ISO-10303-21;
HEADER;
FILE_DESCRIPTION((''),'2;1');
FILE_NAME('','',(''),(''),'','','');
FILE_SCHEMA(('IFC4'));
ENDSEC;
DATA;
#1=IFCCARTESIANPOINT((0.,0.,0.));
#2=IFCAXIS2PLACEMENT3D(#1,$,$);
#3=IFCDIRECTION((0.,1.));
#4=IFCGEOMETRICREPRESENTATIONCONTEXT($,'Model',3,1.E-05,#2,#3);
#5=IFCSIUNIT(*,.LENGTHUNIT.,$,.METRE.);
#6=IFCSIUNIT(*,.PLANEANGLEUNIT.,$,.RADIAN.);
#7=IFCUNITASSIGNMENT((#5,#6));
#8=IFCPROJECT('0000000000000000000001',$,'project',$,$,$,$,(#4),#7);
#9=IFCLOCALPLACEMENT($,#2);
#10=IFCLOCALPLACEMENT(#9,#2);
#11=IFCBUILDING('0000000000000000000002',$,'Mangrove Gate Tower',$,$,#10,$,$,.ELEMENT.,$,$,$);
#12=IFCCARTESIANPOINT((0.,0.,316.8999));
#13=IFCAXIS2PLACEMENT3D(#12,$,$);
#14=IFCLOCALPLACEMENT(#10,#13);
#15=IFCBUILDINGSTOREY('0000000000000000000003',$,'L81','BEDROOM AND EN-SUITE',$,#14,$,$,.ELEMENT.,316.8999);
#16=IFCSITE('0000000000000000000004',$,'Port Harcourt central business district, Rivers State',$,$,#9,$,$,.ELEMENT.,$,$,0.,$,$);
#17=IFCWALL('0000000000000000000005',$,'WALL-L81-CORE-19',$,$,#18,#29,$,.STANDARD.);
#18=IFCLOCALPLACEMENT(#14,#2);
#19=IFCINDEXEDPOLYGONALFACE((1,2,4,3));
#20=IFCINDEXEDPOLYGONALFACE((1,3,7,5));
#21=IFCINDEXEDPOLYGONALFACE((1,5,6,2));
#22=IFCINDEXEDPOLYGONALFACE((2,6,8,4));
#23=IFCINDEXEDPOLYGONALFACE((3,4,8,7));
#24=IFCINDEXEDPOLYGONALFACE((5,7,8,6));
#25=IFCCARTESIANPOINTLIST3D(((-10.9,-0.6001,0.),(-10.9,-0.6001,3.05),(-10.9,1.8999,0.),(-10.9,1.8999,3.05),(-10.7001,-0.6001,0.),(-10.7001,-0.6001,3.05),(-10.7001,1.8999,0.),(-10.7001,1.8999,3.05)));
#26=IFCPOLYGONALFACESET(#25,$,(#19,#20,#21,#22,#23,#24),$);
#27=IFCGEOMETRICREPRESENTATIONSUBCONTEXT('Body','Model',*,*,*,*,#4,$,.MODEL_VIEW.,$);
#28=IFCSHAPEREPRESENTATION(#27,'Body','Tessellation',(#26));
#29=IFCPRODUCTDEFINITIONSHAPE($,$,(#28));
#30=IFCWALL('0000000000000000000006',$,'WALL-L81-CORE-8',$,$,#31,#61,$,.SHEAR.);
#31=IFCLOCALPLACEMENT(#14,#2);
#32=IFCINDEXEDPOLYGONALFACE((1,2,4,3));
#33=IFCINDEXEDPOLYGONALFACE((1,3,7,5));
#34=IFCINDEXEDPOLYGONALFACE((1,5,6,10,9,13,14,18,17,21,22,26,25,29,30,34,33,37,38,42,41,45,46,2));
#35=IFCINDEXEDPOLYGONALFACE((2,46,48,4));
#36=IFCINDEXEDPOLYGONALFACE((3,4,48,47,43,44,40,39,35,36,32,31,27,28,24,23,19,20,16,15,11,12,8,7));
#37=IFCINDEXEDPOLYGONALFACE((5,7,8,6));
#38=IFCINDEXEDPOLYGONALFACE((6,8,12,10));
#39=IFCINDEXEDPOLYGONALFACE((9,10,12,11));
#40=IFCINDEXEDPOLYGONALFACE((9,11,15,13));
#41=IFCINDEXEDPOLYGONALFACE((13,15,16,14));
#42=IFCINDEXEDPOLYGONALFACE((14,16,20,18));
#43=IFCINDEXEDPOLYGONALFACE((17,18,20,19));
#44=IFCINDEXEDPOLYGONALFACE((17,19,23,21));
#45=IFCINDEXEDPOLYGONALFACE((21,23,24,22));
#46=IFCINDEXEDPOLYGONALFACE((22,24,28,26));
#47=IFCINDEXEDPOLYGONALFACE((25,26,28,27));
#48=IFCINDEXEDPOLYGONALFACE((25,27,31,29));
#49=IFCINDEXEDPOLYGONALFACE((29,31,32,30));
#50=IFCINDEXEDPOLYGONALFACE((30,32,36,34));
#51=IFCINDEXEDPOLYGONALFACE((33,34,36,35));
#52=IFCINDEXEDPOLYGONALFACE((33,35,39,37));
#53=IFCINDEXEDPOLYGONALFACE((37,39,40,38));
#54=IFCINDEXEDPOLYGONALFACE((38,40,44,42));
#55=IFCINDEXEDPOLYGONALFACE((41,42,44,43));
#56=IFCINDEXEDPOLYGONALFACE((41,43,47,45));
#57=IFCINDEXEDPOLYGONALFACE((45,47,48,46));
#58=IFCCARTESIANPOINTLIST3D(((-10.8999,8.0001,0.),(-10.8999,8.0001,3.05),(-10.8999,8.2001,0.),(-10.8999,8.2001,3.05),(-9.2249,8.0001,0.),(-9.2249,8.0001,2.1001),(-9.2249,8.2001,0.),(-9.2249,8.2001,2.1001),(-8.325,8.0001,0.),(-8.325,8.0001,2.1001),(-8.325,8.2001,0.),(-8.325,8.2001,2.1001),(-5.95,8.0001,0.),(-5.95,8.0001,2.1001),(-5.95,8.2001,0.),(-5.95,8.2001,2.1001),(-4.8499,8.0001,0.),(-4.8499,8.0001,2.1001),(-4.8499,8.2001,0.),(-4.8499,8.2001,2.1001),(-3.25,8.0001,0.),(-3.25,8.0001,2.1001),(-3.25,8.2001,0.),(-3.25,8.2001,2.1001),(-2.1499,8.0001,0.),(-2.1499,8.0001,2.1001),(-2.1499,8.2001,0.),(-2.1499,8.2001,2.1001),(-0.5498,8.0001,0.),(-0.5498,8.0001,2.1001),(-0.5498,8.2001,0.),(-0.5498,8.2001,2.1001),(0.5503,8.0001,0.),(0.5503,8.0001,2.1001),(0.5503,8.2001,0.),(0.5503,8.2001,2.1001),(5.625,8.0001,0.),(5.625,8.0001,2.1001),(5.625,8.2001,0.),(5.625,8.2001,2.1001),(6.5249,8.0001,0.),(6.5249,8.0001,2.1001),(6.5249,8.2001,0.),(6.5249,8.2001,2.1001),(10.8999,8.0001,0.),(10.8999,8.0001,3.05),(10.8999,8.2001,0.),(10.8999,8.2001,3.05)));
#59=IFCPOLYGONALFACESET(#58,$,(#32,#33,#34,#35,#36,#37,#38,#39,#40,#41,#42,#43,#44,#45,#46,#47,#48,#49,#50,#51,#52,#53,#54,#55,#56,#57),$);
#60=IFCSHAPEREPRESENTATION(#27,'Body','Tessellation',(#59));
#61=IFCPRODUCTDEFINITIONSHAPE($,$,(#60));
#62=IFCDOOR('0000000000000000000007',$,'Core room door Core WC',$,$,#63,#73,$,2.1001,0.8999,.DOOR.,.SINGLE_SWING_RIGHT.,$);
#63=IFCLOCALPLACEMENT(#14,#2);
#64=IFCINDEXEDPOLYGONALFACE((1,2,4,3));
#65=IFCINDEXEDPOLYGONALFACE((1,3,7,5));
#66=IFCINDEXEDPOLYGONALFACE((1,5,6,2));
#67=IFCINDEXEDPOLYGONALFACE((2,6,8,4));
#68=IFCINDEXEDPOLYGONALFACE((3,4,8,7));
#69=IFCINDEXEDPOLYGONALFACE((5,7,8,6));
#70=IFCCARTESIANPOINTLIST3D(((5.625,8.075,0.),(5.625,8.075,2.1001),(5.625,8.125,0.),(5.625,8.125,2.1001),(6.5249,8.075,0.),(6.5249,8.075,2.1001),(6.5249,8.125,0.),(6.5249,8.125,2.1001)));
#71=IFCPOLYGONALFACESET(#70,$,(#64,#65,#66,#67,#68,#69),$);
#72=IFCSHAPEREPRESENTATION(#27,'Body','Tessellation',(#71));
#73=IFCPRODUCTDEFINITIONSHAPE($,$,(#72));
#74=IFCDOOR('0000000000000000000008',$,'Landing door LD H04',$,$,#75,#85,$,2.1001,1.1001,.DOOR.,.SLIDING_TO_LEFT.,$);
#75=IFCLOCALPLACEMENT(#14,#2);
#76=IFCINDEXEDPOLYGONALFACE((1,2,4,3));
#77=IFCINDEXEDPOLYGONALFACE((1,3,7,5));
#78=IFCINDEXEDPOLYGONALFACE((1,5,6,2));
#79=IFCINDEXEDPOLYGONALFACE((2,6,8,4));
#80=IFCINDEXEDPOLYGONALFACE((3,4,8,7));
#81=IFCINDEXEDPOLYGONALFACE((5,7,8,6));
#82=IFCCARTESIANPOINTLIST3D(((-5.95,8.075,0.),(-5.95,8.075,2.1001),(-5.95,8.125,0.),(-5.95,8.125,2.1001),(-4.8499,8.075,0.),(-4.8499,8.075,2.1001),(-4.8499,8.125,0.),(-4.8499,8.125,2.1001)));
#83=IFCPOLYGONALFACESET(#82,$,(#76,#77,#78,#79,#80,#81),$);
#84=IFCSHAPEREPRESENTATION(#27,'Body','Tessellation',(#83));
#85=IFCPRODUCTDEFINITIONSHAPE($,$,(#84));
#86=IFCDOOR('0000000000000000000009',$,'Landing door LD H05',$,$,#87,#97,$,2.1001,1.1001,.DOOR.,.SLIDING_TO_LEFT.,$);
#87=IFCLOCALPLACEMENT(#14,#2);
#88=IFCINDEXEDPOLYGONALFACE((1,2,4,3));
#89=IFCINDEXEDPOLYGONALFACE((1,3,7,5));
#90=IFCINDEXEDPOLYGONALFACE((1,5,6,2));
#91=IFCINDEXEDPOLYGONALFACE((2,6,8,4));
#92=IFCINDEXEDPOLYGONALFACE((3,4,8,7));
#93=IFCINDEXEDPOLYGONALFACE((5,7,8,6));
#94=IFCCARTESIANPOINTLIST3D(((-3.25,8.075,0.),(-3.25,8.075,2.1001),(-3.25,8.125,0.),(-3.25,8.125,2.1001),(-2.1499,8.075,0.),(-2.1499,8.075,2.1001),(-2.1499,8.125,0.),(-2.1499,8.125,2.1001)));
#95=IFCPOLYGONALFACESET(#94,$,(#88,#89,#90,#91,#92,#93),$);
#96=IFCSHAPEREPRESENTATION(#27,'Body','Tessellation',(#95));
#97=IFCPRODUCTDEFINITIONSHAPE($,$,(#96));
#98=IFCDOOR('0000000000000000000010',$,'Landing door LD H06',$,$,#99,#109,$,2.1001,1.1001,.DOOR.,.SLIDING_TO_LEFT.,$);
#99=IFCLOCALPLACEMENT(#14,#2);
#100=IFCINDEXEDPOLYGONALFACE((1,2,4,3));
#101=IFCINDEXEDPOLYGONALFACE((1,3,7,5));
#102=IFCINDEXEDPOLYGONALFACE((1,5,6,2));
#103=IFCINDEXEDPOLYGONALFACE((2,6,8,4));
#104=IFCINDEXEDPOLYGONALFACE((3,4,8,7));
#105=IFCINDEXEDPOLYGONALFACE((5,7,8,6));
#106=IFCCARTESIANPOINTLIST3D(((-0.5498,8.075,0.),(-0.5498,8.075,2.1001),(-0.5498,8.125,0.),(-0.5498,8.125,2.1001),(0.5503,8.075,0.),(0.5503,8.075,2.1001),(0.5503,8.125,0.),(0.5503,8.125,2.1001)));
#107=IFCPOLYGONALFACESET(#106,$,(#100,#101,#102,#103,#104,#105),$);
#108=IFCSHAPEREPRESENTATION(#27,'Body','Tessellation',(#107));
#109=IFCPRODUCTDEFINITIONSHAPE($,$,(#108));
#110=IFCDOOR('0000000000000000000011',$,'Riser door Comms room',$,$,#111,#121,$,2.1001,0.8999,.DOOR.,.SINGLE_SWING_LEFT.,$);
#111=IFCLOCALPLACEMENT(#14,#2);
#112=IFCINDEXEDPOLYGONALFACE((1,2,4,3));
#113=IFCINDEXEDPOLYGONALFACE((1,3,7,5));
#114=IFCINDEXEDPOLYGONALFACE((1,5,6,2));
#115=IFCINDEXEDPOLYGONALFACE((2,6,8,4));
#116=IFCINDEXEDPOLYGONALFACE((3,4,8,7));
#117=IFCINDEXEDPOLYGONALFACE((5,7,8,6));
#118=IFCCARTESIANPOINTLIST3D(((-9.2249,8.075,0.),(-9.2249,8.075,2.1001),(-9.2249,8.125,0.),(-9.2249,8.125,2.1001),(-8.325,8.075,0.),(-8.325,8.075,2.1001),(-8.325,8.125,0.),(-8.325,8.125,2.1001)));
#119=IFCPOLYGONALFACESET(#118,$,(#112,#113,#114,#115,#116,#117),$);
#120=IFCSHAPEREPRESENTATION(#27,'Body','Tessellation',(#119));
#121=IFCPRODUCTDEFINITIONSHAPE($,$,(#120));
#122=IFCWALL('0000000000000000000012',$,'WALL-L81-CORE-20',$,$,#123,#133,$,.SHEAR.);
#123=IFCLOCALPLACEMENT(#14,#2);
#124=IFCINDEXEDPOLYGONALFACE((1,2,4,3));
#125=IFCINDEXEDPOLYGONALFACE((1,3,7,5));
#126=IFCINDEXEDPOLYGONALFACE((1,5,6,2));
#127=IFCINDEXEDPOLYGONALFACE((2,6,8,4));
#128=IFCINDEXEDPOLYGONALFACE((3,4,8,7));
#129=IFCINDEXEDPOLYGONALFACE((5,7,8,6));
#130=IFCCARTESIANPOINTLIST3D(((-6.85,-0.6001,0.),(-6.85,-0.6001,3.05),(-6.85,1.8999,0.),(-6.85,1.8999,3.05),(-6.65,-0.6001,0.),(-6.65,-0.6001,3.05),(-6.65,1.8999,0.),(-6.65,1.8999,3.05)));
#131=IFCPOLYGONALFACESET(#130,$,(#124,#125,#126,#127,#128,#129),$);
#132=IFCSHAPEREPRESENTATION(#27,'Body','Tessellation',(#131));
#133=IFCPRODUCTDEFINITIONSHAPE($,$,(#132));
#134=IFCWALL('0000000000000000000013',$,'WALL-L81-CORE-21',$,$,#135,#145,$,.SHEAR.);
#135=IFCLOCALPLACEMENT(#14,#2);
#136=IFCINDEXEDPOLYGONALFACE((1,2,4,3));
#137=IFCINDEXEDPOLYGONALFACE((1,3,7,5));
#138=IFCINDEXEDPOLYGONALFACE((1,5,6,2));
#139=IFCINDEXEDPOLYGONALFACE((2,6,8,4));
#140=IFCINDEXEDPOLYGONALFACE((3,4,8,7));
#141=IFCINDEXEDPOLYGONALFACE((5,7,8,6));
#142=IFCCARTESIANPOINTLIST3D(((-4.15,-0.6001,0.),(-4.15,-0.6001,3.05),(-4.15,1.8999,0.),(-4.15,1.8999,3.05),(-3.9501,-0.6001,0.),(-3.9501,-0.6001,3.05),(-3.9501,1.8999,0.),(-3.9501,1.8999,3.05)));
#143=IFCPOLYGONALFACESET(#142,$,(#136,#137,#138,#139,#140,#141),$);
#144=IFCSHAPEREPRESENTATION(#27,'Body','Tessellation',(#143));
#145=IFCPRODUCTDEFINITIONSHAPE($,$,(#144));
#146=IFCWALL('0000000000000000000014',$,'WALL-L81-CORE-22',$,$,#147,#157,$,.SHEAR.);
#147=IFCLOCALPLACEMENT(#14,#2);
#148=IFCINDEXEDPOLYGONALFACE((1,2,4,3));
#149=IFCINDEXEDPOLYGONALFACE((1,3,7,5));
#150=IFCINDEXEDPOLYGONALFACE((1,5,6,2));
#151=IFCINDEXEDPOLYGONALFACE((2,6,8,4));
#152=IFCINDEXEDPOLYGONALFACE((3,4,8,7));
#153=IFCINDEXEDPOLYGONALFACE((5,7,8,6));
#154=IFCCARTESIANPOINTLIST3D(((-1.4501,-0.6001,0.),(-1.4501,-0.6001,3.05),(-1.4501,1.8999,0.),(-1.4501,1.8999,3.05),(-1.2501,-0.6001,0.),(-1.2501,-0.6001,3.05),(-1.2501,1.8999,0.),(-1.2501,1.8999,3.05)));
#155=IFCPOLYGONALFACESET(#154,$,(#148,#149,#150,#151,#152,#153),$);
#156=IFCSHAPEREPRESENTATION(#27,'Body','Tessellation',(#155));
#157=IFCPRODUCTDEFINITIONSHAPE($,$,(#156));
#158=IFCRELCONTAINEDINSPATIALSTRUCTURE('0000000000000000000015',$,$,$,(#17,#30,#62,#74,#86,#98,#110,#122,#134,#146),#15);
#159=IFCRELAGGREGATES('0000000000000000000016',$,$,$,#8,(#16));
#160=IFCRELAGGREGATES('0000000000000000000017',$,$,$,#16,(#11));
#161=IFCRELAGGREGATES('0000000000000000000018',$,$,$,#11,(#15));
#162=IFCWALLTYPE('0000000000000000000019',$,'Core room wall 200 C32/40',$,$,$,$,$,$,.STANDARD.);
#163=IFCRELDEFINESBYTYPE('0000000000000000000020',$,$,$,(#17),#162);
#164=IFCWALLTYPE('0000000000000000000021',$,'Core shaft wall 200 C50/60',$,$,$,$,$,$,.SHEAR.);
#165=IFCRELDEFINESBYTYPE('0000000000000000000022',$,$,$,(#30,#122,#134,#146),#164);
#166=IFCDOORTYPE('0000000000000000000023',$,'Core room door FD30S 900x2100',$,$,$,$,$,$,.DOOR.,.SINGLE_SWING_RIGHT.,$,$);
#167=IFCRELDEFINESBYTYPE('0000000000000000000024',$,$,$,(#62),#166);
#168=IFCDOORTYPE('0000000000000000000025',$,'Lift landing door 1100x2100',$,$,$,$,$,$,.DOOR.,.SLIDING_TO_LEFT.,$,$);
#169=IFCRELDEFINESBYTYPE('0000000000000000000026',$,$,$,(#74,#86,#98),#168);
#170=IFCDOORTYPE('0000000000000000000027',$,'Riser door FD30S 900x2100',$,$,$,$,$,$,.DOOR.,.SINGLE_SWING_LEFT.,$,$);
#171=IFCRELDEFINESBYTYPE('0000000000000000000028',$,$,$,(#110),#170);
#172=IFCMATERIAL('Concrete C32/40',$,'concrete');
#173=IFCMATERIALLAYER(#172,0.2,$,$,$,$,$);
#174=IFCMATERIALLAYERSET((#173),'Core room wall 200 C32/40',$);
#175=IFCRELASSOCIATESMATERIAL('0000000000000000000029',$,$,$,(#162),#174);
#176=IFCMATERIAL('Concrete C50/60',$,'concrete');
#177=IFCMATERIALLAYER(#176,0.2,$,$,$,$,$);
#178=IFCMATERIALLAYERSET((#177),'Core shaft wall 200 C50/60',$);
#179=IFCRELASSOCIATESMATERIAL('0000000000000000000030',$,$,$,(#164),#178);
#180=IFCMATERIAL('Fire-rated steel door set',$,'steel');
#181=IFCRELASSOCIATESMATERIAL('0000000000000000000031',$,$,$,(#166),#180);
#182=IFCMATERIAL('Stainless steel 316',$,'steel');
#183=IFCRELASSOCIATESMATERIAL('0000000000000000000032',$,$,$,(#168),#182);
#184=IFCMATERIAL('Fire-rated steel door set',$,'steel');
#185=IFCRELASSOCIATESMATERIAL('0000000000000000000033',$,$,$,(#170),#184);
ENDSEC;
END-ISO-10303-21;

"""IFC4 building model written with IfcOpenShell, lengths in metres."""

from ifc_helpers import new_model, si_unit, direction, frame, frame_2d, origin, place, context, subcontext, project, spatial, rectangle, extrude, material, layer, layer_set, type_object, element, fill, save


model = new_model("IFC4")

# Units and contexts
model_context = context("Model", 3, precision=1e-05, world=origin(), true_north=direction((0.0, 1.0)))
body_context = subcontext(model_context, "Body", "Model", "MODEL_VIEW")
ifc_project = project(units=[si_unit("LENGTHUNIT", "METRE"), si_unit("PLANEANGLEUNIT", "RADIAN")], contexts=[model_context])

# Site, building, storey
site_placement = place(None, origin())
site = spatial("IfcSite", under=ifc_project, at=site_placement, Name="Port Harcourt central business district, Rivers State", CompositionType="ELEMENT", RefElevation=0.0)
building_placement = place(site_placement, origin())
building = spatial("IfcBuilding", under=site, at=building_placement, Name="Mangrove Gate Tower", CompositionType="ELEMENT")
storey_placement = place(building_placement, frame((0.0, 0.0, 316.8999)))
storey = spatial("IfcBuildingStorey", under=building, at=storey_placement, Name="L81", Description="BEDROOM AND EN-SUITE", CompositionType="ELEMENT", Elevation=316.8999)

# Wall
ifc_material_1 = material(Name="Concrete C32/40", Category="concrete")
ifc_layer_1 = layer(ifc_material_1, 0.2)
ifc_layer_set_1 = layer_set([ifc_layer_1], Name="Core room wall 200 C32/40")
wall_type_1 = type_object("IfcWallType", Name="Core room wall 200 C32/40", PredefinedType="STANDARD", material=ifc_layer_set_1)
wall_1_placement = place(storey_placement, frame((-10.8, -0.6001, 0.0), z_axis=(0.0, 0.0, 1.0), x_axis=(0.0, 1.0, 0.0)))
element("IfcWall", 1, at=wall_1_placement, inside=storey, type_object=wall_type_1, Name="WALL-L81-CORE-19", PredefinedType="STANDARD", context=body_context, shape_type="SweptSolid", body=[
    extrude(rectangle(XDim=2.5, YDim=0.2, at=frame_2d((1.25, 0.0))), origin(), (0.0, 0.0, 1.0), 3.05),
])

# Wall, openings, doors
ifc_material_2 = material(Name="Concrete C50/60", Category="concrete")
ifc_layer_2 = layer(ifc_material_2, 0.2)
ifc_layer_set_2 = layer_set([ifc_layer_2], Name="Core shaft wall 200 C50/60")
wall_type_2 = type_object("IfcWallType", Name="Core shaft wall 200 C50/60", PredefinedType="SHEAR", material=ifc_layer_set_2)
wall_2_placement = place(storey_placement, frame((-10.8999, 8.1001, 0.0), z_axis=(0.0, 0.0, 1.0), x_axis=(1.0, 0.0, 0.0)))
wall_2 = element("IfcWall", 2, at=wall_2_placement, inside=storey, type_object=wall_type_2, Name="WALL-L81-CORE-8", PredefinedType="SHEAR", context=body_context, shape_type="SweptSolid", body=[
    extrude(rectangle(XDim=21.7998, YDim=0.2, at=frame_2d((10.8999, 0.0))), origin(), (0.0, 0.0, 1.0), 3.05),
])
opening_1_placement = place(wall_2_placement, frame((4.95, 0.0, 0.0)))
opening_1 = element("IfcOpeningElement", 3, at=opening_1_placement, cuts=wall_2, PredefinedType="OPENING", context=body_context, shape_type="SweptSolid", body=[
    extrude(rectangle(XDim=1.1001, YDim=2.1001, at=frame_2d((0.55, 1.05))), frame((0.0, 0.1099, 0.0), z_axis=(0.0, -1.0, 0.0), x_axis=(1.0, 0.0, 0.0)), (0.0, 0.0, 1.0), 0.22),
])
opening_2_placement = place(wall_2_placement, frame((7.6499, 0.0, 0.0)))
opening_2 = element("IfcOpeningElement", 4, at=opening_2_placement, cuts=wall_2, PredefinedType="OPENING", context=body_context, shape_type="SweptSolid", body=[
    extrude(rectangle(XDim=1.1001, YDim=2.1001, at=frame_2d((0.55, 1.05))), frame((0.0, 0.1099, 0.0), z_axis=(0.0, -1.0, 0.0), x_axis=(1.0, 0.0, 0.0)), (0.0, 0.0, 1.0), 0.22),
])
opening_3_placement = place(wall_2_placement, frame((10.3501, 0.0, 0.0)))
opening_3 = element("IfcOpeningElement", 5, at=opening_3_placement, cuts=wall_2, PredefinedType="OPENING", context=body_context, shape_type="SweptSolid", body=[
    extrude(rectangle(XDim=1.1001, YDim=2.1001, at=frame_2d((0.55, 1.05))), frame((0.0, 0.1099, 0.0), z_axis=(0.0, -1.0, 0.0), x_axis=(1.0, 0.0, 0.0)), (0.0, 0.0, 1.0), 0.22),
])
opening_4_placement = place(wall_2_placement, frame((1.675, 0.0, 0.0)))
opening_4 = element("IfcOpeningElement", 6, at=opening_4_placement, cuts=wall_2, PredefinedType="OPENING", context=body_context, shape_type="SweptSolid", body=[
    extrude(rectangle(XDim=0.8999, YDim=2.1001, at=frame_2d((0.45, 1.05))), frame((0.0, 0.1099, 0.0), z_axis=(0.0, -1.0, 0.0), x_axis=(1.0, 0.0, 0.0)), (0.0, 0.0, 1.0), 0.22),
])
opening_5_placement = place(wall_2_placement, frame((16.5249, 0.0, 0.0)))
opening_5 = element("IfcOpeningElement", 7, at=opening_5_placement, cuts=wall_2, PredefinedType="OPENING", context=body_context, shape_type="SweptSolid", body=[
    extrude(rectangle(XDim=0.8999, YDim=2.1001, at=frame_2d((0.45, 1.05))), frame((0.0, 0.1099, 0.0), z_axis=(0.0, -1.0, 0.0), x_axis=(1.0, 0.0, 0.0)), (0.0, 0.0, 1.0), 0.22),
])
ifc_material_3 = material(Name="Fire-rated steel door set", Category="steel")
door_type_1 = type_object("IfcDoorType", Name="Core room door FD30S 900x2100", OperationType="SINGLE_SWING_RIGHT", PredefinedType="DOOR", material=ifc_material_3)
door_1_placement = place(opening_5_placement, origin())
door_1 = element("IfcDoor", 8, at=door_1_placement, inside=storey, type_object=door_type_1, Name="Core room door Core WC", OperationType="SINGLE_SWING_RIGHT", OverallHeight=2.1001, OverallWidth=0.8999, PredefinedType="DOOR", context=body_context, shape_type="SweptSolid", body=[
    extrude(rectangle(XDim=0.8999, YDim=2.1001, at=frame_2d((0.45, 1.05))), frame((0.0, 0.0249, 0.0), z_axis=(0.0, -1.0, 0.0), x_axis=(1.0, 0.0, 0.0)), (0.0, 0.0, 1.0), 0.05),
])
fill(opening_5, door_1)
ifc_material_4 = material(Name="Stainless steel 316", Category="steel")
door_type_2 = type_object("IfcDoorType", Name="Lift landing door 1100x2100", OperationType="SLIDING_TO_LEFT", PredefinedType="DOOR", material=ifc_material_4)
door_2_placement = place(opening_1_placement, origin())
door_2 = element("IfcDoor", 9, at=door_2_placement, inside=storey, type_object=door_type_2, Name="Landing door LD H04", OperationType="SLIDING_TO_LEFT", OverallHeight=2.1001, OverallWidth=1.1001, PredefinedType="DOOR", context=body_context, shape_type="SweptSolid", body=[
    extrude(rectangle(XDim=1.1001, YDim=2.1001, at=frame_2d((0.55, 1.05))), frame((0.0, 0.0249, 0.0), z_axis=(0.0, -1.0, 0.0), x_axis=(1.0, 0.0, 0.0)), (0.0, 0.0, 1.0), 0.05),
])
fill(opening_1, door_2)
door_3_placement = place(opening_2_placement, origin())
door_3 = element("IfcDoor", 10, at=door_3_placement, inside=storey, type_object=door_type_2, Name="Landing door LD H05", OperationType="SLIDING_TO_LEFT", OverallHeight=2.1001, OverallWidth=1.1001, PredefinedType="DOOR", context=body_context, shape_type="SweptSolid", body=[
    extrude(rectangle(XDim=1.1001, YDim=2.1001, at=frame_2d((0.55, 1.05))), frame((0.0, 0.0249, 0.0), z_axis=(0.0, -1.0, 0.0), x_axis=(1.0, 0.0, 0.0)), (0.0, 0.0, 1.0), 0.05),
])
fill(opening_2, door_3)
door_4_placement = place(opening_3_placement, origin())
door_4 = element("IfcDoor", 11, at=door_4_placement, inside=storey, type_object=door_type_2, Name="Landing door LD H06", OperationType="SLIDING_TO_LEFT", OverallHeight=2.1001, OverallWidth=1.1001, PredefinedType="DOOR", context=body_context, shape_type="SweptSolid", body=[
    extrude(rectangle(XDim=1.1001, YDim=2.1001, at=frame_2d((0.55, 1.05))), frame((0.0, 0.0249, 0.0), z_axis=(0.0, -1.0, 0.0), x_axis=(1.0, 0.0, 0.0)), (0.0, 0.0, 1.0), 0.05),
])
fill(opening_3, door_4)
ifc_material_5 = material(Name="Fire-rated steel door set", Category="steel")
door_type_3 = type_object("IfcDoorType", Name="Riser door FD30S 900x2100", OperationType="SINGLE_SWING_LEFT", PredefinedType="DOOR", material=ifc_material_5)
door_5_placement = place(opening_4_placement, origin())
door_5 = element("IfcDoor", 12, at=door_5_placement, inside=storey, type_object=door_type_3, Name="Riser door Comms room", OperationType="SINGLE_SWING_LEFT", OverallHeight=2.1001, OverallWidth=0.8999, PredefinedType="DOOR", context=body_context, shape_type="SweptSolid", body=[
    extrude(rectangle(XDim=0.8999, YDim=2.1001, at=frame_2d((0.45, 1.05))), frame((0.0, 0.0249, 0.0), z_axis=(0.0, -1.0, 0.0), x_axis=(1.0, 0.0, 0.0)), (0.0, 0.0, 1.0), 0.05),
])
fill(opening_4, door_5)

# Walls
for number, where, z_axis, x_axis, name in (
    (13, (-6.75, -0.6001, 0.0), (0.0, 0.0, 1.0), (0.0, 1.0, 0.0), "WALL-L81-CORE-20"),
    (14, (-4.05, -0.6001, 0.0), (0.0, 0.0, 1.0), (0.0, 1.0, 0.0), "WALL-L81-CORE-21"),
    (15, (-1.3501, -0.6001, 0.0), (0.0, 0.0, 1.0), (0.0, 1.0, 0.0), "WALL-L81-CORE-22"),
):
    element("IfcWall", number, at=place(storey_placement, frame(where, z_axis=z_axis, x_axis=x_axis)), inside=storey, type_object=wall_type_2, Name=name, PredefinedType="SHEAR", context=body_context, shape_type="SweptSolid", body=[
        extrude(rectangle(XDim=2.5, YDim=0.2, at=frame_2d((1.25, 0.0))), origin(), (0.0, 0.0, 1.0), 3.05),
    ])

save(model, "model.ifc")
